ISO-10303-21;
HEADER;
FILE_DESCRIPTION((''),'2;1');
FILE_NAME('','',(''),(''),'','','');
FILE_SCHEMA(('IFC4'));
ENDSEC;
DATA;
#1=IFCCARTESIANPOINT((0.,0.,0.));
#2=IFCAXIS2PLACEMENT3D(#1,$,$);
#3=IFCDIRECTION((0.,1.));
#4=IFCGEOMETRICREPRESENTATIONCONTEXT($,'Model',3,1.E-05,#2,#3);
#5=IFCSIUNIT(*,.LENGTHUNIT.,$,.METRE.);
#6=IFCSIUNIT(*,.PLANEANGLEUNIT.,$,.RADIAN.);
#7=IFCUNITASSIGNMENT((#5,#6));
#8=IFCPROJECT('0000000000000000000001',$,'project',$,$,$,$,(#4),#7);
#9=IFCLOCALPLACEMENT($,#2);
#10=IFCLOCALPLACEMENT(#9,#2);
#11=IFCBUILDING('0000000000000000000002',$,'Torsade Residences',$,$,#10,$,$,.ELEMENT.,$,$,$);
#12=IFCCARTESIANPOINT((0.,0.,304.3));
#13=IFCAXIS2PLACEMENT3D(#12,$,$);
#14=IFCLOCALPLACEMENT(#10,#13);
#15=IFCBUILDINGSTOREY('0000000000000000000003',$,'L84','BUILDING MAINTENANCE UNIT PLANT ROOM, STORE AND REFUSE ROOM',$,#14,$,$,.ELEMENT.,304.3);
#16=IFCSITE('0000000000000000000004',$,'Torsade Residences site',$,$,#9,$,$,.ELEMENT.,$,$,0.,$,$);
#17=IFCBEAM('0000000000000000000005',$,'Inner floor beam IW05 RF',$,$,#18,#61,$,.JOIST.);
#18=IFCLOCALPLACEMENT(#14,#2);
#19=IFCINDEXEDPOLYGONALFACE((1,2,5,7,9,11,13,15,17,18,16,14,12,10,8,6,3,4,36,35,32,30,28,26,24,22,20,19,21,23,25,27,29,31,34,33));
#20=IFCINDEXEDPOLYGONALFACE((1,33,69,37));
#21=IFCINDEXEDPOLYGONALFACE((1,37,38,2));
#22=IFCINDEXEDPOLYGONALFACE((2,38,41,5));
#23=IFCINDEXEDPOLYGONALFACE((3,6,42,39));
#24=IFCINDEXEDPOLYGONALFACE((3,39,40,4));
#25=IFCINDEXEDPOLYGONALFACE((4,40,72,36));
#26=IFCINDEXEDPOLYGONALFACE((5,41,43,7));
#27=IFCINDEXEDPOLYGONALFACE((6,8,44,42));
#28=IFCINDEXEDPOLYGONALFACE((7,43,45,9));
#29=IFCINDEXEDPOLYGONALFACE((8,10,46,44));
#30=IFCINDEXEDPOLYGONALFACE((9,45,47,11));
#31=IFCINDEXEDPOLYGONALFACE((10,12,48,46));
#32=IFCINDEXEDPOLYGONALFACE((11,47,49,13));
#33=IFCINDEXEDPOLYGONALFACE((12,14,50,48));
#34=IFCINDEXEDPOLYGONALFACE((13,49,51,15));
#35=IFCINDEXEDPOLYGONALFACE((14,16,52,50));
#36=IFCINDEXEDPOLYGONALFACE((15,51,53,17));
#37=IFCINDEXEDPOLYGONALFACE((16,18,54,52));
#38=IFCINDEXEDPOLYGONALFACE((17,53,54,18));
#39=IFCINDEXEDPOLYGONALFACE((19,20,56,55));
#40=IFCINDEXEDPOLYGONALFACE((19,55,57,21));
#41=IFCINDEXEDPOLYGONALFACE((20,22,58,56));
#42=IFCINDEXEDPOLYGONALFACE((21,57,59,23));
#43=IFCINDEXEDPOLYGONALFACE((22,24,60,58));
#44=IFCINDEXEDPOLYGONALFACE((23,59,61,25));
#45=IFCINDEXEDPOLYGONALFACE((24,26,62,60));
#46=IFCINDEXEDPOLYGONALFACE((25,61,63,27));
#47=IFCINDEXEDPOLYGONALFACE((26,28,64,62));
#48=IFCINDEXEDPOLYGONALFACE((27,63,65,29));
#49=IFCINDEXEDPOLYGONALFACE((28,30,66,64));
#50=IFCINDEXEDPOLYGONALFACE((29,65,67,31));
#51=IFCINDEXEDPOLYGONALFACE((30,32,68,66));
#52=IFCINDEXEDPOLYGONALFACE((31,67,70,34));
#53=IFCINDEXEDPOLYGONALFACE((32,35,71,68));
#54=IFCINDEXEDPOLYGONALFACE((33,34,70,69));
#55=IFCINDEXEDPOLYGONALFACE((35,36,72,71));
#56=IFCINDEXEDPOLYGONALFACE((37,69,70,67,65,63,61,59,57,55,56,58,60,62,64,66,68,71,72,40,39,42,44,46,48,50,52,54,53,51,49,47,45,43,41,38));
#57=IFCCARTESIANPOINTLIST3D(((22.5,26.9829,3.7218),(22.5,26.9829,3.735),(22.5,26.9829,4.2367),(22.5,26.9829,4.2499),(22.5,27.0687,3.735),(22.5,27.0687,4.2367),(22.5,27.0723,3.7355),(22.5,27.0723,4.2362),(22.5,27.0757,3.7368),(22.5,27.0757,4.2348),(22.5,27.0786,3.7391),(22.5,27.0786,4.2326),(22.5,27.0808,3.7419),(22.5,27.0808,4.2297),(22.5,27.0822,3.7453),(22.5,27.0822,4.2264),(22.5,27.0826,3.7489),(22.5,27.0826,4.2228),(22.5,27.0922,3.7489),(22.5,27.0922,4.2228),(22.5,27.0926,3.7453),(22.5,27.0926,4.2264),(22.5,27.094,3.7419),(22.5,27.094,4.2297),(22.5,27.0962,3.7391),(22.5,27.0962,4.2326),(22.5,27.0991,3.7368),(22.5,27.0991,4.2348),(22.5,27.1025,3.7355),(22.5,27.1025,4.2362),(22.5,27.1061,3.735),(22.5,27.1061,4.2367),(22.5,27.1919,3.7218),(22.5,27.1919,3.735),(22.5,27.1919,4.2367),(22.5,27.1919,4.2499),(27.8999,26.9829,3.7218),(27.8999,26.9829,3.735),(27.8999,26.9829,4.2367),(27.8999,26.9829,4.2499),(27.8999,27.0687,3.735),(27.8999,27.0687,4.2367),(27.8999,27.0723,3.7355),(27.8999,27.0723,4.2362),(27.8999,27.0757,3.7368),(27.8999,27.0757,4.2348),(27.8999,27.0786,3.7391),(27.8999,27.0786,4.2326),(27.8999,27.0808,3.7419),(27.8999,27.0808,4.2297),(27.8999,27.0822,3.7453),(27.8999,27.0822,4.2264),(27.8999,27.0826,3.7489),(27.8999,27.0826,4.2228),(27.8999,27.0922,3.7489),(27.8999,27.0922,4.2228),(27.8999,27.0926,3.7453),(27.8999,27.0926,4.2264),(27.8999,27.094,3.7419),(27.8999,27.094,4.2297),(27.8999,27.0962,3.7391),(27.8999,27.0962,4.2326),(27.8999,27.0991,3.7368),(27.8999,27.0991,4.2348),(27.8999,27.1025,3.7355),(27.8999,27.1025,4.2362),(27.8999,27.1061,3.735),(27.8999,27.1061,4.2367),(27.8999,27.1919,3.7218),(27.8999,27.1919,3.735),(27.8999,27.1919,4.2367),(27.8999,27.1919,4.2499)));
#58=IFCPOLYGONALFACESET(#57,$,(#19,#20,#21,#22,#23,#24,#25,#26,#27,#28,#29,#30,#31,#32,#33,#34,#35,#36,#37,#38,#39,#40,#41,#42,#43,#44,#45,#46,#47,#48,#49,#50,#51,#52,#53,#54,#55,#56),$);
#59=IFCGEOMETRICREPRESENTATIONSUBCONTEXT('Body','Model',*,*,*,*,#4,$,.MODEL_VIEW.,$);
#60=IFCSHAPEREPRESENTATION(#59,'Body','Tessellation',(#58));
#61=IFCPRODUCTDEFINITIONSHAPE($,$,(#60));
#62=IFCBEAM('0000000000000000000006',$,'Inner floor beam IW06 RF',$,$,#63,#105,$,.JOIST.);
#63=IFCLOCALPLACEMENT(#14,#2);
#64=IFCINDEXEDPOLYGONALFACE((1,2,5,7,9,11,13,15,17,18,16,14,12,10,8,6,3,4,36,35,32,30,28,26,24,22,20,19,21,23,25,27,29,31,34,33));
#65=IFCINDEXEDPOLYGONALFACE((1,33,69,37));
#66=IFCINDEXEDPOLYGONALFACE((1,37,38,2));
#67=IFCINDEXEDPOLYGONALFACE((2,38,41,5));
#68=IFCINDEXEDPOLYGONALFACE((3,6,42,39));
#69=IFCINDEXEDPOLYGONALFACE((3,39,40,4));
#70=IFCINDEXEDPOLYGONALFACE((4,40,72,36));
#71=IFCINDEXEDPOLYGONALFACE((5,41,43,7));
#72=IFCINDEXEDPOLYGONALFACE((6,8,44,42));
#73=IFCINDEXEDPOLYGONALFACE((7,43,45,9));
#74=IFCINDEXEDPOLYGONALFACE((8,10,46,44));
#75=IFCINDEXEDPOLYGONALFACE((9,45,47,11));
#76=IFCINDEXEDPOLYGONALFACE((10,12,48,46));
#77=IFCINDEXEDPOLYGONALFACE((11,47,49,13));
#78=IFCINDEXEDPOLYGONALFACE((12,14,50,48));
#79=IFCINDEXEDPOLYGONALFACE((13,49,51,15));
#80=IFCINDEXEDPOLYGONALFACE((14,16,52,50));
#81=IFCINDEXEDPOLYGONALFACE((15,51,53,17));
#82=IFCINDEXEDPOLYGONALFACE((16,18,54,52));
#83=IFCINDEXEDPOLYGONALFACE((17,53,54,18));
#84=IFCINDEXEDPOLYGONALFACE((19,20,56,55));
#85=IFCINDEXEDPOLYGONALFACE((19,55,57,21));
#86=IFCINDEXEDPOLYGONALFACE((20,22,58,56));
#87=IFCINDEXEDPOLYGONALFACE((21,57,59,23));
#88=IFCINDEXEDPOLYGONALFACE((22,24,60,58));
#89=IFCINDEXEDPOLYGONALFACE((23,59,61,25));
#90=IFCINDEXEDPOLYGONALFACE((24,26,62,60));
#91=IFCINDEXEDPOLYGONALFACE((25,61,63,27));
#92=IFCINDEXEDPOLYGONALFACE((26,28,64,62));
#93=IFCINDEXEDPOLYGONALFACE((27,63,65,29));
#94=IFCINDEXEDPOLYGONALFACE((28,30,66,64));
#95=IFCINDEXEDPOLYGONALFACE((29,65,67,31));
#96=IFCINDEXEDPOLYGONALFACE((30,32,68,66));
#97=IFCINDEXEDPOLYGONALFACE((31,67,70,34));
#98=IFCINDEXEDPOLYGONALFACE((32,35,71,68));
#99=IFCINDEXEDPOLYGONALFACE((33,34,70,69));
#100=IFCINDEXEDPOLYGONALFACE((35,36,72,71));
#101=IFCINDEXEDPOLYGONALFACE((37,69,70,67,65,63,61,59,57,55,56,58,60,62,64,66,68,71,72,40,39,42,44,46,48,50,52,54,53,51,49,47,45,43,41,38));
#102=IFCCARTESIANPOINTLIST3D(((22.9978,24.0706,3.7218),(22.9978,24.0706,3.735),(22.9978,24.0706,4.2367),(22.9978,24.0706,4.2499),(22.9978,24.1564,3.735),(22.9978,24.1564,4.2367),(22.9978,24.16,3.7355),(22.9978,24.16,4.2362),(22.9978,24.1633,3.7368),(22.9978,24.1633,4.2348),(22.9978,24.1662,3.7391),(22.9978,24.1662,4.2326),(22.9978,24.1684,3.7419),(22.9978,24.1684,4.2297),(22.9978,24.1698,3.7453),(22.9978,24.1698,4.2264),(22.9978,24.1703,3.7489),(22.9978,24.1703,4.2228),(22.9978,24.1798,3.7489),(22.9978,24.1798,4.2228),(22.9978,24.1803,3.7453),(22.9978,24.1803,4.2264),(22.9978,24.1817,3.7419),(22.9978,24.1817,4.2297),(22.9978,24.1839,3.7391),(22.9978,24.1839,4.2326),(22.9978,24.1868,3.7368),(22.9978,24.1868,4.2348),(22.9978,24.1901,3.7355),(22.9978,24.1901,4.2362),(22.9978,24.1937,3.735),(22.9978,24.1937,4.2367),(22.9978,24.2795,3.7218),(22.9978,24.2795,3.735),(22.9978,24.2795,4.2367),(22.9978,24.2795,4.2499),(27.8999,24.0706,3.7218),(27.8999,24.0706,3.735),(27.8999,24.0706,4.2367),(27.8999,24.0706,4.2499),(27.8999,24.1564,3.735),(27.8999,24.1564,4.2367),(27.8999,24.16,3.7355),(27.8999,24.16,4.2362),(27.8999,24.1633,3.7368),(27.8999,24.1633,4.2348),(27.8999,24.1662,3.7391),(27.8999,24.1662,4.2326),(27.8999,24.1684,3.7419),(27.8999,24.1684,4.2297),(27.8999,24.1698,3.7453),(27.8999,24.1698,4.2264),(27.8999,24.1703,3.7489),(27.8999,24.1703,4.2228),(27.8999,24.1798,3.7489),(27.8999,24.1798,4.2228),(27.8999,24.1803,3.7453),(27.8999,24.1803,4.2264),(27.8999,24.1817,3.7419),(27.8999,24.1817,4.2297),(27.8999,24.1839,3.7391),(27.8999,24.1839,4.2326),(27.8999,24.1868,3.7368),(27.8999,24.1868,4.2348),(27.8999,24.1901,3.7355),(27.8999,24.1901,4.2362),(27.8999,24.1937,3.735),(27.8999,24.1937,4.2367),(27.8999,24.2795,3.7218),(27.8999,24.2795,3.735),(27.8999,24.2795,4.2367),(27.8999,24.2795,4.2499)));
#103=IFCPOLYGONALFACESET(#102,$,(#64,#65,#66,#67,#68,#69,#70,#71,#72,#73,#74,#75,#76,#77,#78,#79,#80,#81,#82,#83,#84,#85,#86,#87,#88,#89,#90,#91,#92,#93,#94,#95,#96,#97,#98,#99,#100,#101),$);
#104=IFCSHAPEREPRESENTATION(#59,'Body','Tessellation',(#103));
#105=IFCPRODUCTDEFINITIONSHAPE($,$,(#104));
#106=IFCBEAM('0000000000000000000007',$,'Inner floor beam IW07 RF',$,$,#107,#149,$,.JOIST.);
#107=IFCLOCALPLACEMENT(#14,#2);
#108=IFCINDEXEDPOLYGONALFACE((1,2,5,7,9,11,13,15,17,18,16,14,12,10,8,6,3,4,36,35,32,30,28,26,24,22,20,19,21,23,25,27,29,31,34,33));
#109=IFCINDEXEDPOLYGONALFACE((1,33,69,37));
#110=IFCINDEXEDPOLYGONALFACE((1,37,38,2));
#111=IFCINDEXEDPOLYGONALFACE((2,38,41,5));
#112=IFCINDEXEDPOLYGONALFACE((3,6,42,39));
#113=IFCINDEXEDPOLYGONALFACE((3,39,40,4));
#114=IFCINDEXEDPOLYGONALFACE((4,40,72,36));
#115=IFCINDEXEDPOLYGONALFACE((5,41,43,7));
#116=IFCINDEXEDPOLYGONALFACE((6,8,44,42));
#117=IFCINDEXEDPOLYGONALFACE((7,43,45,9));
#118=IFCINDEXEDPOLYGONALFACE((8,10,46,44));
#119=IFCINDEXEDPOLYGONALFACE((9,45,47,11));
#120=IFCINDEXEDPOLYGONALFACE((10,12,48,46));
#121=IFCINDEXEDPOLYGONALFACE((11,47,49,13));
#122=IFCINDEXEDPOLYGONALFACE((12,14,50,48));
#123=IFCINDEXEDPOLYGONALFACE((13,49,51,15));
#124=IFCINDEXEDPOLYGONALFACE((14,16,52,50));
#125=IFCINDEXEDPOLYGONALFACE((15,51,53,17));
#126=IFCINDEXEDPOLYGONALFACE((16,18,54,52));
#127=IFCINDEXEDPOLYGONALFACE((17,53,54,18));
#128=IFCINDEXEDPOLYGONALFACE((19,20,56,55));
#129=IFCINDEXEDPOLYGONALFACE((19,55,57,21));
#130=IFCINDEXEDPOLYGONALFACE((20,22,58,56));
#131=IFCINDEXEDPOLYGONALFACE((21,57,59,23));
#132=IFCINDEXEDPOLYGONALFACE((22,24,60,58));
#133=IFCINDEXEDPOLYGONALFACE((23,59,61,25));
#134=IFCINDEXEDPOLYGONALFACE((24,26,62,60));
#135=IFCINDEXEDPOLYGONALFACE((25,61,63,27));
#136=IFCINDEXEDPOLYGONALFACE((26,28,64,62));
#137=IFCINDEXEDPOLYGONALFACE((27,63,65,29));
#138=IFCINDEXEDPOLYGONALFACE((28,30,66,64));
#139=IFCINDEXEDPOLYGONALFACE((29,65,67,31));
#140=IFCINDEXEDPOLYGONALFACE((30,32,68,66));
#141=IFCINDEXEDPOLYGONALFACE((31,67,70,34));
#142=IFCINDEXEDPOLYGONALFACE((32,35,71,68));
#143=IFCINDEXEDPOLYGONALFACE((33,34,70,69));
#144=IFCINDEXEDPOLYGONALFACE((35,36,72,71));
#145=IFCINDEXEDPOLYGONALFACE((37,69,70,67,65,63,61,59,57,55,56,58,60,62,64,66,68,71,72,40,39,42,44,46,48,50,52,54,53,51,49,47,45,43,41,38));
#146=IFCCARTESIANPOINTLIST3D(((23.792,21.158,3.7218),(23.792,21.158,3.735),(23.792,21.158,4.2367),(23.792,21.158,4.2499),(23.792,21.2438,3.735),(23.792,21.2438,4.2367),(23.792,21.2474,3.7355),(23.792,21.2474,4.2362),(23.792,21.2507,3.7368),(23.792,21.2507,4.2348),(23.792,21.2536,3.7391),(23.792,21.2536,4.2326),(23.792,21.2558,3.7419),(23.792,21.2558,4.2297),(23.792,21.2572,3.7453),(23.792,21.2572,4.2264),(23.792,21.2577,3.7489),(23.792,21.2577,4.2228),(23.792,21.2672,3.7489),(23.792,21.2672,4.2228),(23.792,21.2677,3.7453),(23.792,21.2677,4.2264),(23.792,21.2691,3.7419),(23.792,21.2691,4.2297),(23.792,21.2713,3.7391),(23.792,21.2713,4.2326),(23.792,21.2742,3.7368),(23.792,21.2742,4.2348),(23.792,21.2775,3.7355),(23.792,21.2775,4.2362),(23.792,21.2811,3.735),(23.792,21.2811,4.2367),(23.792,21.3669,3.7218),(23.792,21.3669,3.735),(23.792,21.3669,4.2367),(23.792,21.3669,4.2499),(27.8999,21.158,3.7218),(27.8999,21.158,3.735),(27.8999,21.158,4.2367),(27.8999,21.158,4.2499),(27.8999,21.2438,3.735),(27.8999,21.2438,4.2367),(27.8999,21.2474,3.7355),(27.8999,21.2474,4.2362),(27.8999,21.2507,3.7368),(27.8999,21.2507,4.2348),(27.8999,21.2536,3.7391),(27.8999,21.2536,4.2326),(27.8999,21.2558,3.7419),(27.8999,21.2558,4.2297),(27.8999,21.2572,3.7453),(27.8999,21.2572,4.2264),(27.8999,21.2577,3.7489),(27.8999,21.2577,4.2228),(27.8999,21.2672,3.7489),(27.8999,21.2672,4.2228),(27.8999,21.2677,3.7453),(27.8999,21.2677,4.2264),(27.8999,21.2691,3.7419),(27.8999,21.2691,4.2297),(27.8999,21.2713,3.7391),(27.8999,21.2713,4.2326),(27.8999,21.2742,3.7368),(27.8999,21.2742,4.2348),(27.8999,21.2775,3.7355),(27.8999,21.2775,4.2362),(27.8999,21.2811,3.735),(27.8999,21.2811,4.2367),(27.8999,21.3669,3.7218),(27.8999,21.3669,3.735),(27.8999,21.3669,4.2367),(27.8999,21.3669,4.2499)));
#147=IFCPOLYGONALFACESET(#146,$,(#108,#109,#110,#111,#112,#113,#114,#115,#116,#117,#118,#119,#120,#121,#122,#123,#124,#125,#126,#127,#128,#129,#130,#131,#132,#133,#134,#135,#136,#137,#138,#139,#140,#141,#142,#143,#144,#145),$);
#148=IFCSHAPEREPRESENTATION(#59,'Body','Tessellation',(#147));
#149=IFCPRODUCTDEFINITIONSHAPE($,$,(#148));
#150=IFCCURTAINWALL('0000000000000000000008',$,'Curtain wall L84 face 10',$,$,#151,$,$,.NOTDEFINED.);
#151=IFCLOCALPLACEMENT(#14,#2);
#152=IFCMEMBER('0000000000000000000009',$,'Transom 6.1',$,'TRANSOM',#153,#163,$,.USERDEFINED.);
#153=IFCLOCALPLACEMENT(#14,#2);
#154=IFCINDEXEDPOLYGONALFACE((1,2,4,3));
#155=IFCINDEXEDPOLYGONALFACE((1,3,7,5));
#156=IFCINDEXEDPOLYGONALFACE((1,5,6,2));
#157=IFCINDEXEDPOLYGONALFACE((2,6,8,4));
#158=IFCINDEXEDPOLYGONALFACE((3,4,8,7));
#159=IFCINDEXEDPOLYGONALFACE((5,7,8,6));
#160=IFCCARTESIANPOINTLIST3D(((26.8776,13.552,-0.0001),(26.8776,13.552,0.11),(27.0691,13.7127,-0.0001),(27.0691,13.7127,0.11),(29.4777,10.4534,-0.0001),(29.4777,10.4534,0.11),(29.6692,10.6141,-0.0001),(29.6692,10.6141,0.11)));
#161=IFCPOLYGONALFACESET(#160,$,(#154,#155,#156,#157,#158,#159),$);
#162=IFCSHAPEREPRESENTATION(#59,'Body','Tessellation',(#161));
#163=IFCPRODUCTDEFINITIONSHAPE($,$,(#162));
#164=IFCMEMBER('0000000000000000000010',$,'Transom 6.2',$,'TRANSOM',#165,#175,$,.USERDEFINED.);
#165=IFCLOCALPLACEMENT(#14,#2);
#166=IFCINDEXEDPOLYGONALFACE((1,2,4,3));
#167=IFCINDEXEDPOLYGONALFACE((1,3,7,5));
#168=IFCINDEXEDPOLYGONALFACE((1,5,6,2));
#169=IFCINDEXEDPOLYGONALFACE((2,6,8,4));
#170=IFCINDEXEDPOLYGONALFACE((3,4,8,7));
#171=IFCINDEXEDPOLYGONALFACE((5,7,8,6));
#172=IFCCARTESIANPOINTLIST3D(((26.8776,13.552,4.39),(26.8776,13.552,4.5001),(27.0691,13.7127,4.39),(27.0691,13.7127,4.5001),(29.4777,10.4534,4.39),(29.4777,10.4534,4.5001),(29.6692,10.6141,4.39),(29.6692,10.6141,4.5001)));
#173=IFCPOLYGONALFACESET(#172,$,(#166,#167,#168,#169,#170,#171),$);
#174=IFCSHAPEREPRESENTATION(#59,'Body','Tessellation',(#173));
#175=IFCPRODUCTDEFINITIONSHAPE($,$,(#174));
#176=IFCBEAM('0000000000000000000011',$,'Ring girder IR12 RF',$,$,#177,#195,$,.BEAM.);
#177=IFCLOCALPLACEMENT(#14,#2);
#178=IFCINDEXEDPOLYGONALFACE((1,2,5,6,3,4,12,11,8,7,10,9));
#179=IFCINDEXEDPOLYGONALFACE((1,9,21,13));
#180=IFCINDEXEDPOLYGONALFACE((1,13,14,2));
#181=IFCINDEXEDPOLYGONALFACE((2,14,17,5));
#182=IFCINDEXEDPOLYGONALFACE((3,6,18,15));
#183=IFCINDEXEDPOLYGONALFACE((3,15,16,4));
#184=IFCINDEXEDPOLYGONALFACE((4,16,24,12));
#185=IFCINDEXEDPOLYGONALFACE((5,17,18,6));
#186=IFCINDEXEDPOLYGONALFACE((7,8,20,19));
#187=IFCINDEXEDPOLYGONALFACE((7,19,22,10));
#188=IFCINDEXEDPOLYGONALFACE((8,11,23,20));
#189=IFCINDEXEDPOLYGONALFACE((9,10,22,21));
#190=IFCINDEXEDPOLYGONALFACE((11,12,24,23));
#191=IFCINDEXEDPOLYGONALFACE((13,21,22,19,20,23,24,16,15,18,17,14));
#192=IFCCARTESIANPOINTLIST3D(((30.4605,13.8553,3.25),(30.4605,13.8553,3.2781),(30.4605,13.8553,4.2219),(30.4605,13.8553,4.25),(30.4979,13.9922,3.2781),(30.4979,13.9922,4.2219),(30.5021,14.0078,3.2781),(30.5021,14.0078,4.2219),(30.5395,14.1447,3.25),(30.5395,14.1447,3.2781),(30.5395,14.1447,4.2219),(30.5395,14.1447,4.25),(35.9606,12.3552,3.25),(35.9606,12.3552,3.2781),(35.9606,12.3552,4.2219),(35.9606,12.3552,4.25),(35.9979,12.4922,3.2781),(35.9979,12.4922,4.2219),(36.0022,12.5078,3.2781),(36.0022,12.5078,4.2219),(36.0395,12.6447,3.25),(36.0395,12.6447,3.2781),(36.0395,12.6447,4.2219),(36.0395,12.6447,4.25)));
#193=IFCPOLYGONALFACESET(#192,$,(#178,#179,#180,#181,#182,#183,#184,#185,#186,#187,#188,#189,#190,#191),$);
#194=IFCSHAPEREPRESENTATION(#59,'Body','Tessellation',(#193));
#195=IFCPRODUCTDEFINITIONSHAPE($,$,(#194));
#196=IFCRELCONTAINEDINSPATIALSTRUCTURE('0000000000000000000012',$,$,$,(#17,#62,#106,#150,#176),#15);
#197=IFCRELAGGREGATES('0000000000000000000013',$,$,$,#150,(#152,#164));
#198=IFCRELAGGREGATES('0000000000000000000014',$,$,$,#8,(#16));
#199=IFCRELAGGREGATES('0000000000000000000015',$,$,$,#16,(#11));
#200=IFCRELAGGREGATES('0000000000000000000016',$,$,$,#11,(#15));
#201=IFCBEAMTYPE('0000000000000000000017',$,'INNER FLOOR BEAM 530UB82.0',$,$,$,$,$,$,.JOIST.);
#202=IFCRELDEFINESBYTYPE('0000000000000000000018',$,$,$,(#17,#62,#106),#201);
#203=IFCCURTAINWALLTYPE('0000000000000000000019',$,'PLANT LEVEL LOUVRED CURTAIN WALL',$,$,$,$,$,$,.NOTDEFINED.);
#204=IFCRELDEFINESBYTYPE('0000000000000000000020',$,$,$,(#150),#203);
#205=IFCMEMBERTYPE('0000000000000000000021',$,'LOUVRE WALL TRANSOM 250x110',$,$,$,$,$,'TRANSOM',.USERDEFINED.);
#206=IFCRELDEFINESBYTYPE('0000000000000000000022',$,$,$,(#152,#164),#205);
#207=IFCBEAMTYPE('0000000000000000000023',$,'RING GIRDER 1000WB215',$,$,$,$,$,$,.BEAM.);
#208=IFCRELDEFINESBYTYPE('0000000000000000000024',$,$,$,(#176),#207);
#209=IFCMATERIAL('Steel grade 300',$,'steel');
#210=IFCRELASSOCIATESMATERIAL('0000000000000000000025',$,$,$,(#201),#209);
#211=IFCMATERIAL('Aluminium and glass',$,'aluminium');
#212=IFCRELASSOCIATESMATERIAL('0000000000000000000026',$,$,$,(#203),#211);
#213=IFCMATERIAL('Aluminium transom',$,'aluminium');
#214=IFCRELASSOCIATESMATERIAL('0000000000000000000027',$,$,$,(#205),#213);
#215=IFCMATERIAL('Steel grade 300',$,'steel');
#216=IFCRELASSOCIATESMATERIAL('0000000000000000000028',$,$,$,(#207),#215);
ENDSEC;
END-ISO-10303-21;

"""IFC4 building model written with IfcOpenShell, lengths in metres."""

from ifc_helpers import new_model, si_unit, direction, frame, origin, origin_2d, place, context, subcontext, project, spatial, rectangle, i_section, extrude, material, material_profile, profile_set, type_object, element, aggregate, save


model = new_model("IFC4")

# Units and contexts
model_context = context("Model", 3, precision=1e-05, world=origin(), true_north=direction((0.0, 1.0)))
body_context = subcontext(model_context, "Body", "Model", "MODEL_VIEW")
ifc_project = project(units=[si_unit("LENGTHUNIT", "METRE"), si_unit("PLANEANGLEUNIT", "RADIAN")], contexts=[model_context])

# Site, building, storey
site_placement = place(None, origin())
site = spatial("IfcSite", under=ifc_project, at=site_placement, Name="Torsade Residences site", CompositionType="ELEMENT", RefElevation=0.0)
building_placement = place(site_placement, origin())
building = spatial("IfcBuilding", under=site, at=building_placement, Name="Torsade Residences", CompositionType="ELEMENT")
storey_placement = place(building_placement, frame((0.0, 0.0, 304.3)))
storey = spatial("IfcBuildingStorey", under=building, at=storey_placement, Name="L84", Description="BUILDING MAINTENANCE UNIT PLANT ROOM, STORE AND REFUSE ROOM", CompositionType="ELEMENT", Elevation=304.3)

# Beams
ifc_material_1 = material(Name="Steel grade 300", Category="steel")
ifc_material_profile_1 = material_profile(ifc_material_1, i_section(OverallWidth=0.209, OverallDepth=0.5281, WebThickness=0.0095, FlangeThickness=0.0132, FilletRadius=0.0139, at=origin_2d()), Name="530UB82.0")
ifc_profile_set_1 = profile_set([ifc_material_profile_1], Name="Steel grade 300")
beam_type_1 = type_object("IfcBeamType", Name="INNER FLOOR BEAM 530UB82.0", PredefinedType="JOIST", material=ifc_profile_set_1)
beam_1_placement = place(storey_placement, frame((27.8999, 27.0874, 3.9858), z_axis=(-1.0, 0.0, 0.0), x_axis=(0.0, -1.0, 0.0)))
element("IfcBeam", 1, at=beam_1_placement, inside=storey, type_object=beam_type_1, Name="Inner floor beam IW05 RF", PredefinedType="JOIST", context=body_context, shape_type="SweptSolid", body=[
    extrude(i_section(OverallWidth=0.209, OverallDepth=0.5281, WebThickness=0.0095, FlangeThickness=0.0132, FilletRadius=0.0139, at=origin_2d()), origin(), (0.0, 0.0, 1.0), 5.3999),
])
beam_2_placement = place(storey_placement, frame((27.8999, 24.175, 3.9858), z_axis=(-1.0, 0.0, 0.0), x_axis=(0.0, -1.0, 0.0)))
element("IfcBeam", 2, at=beam_2_placement, inside=storey, type_object=beam_type_1, Name="Inner floor beam IW06 RF", PredefinedType="JOIST", context=body_context, shape_type="SweptSolid", body=[
    extrude(i_section(OverallWidth=0.209, OverallDepth=0.5281, WebThickness=0.0095, FlangeThickness=0.0132, FilletRadius=0.0139, at=origin_2d()), origin(), (0.0, 0.0, 1.0), 4.9021),
])
beam_3_placement = place(storey_placement, frame((27.8999, 21.2625, 3.9858), z_axis=(-1.0, 0.0, 0.0), x_axis=(0.0, -1.0, 0.0)))
element("IfcBeam", 3, at=beam_3_placement, inside=storey, type_object=beam_type_1, Name="Inner floor beam IW07 RF", PredefinedType="JOIST", context=body_context, shape_type="SweptSolid", body=[
    extrude(i_section(OverallWidth=0.209, OverallDepth=0.5281, WebThickness=0.0095, FlangeThickness=0.0132, FilletRadius=0.0139, at=origin_2d()), origin(), (0.0, 0.0, 1.0), 4.1079),
])

# Curtain wall, members
ifc_material_2 = material(Name="Aluminium and glass", Category="aluminium")
curtain_wall_type = type_object("IfcCurtainWallType", Name="PLANT LEVEL LOUVRED CURTAIN WALL", PredefinedType="NOTDEFINED", material=ifc_material_2)
curtain_wall_placement = place(storey_placement, origin())
curtain_wall = element("IfcCurtainWall", 4, at=curtain_wall_placement, inside=storey, type_object=curtain_wall_type, Name="Curtain wall L84 face 10", PredefinedType="NOTDEFINED")
ifc_material_3 = material(Name="Aluminium transom", Category="aluminium")
ifc_material_profile_2 = material_profile(ifc_material_3, rectangle(XDim=0.25, YDim=0.1101, at=origin_2d()), Name="LOUVRE WALL TRANSOM 250x110")
ifc_profile_set_2 = profile_set([ifc_material_profile_2], Name="Aluminium transom")
member_type = type_object("IfcMemberType", Name="LOUVRE WALL TRANSOM 250x110", ElementType="TRANSOM", PredefinedType="USERDEFINED", material=ifc_profile_set_2)
member_1_placement = place(storey_placement, frame((26.9734, 13.6323, 0.0549), z_axis=(0.642793, -0.76604, 0.0), x_axis=(0.76604, 0.642793, 0.0)))
member_1 = element("IfcMember", 5, at=member_1_placement, type_object=member_type, Name="Transom 6.1", ObjectType="TRANSOM", PredefinedType="USERDEFINED", context=body_context, shape_type="SweptSolid", body=[
    extrude(rectangle(XDim=0.25, YDim=0.1101, at=origin_2d()), origin(), (0.0, 0.0, 1.0), 4.0449),
])
member_2_placement = place(storey_placement, frame((26.9734, 13.6323, 4.4451), z_axis=(0.642793, -0.76604, 0.0), x_axis=(0.76604, 0.642793, 0.0)))
member_2 = element("IfcMember", 6, at=member_2_placement, type_object=member_type, Name="Transom 6.2", ObjectType="TRANSOM", PredefinedType="USERDEFINED", context=body_context, shape_type="SweptSolid", body=[
    extrude(rectangle(XDim=0.25, YDim=0.1101, at=origin_2d()), origin(), (0.0, 0.0, 1.0), 4.0449),
])

# Beam
ifc_material_4 = material(Name="Steel grade 300", Category="steel")
ifc_material_profile_3 = material_profile(ifc_material_4, i_section(OverallWidth=0.3, OverallDepth=1.0, WebThickness=0.0161, FlangeThickness=0.0281, at=origin_2d()), Name="1000WB215")
ifc_profile_set_3 = profile_set([ifc_material_profile_3], Name="Steel grade 300")
beam_type_2 = type_object("IfcBeamType", Name="RING GIRDER 1000WB215", PredefinedType="BEAM", material=ifc_profile_set_3)
beam_4_placement = place(storey_placement, frame((30.5, 14.0, 3.75), z_axis=(0.964764, -0.263117, 0.0), x_axis=(0.263117, 0.964764, 0.0)))
element("IfcBeam", 7, at=beam_4_placement, inside=storey, type_object=beam_type_2, Name="Ring girder IR12 RF", PredefinedType="BEAM", context=body_context, shape_type="SweptSolid", body=[
    extrude(i_section(OverallWidth=0.3, OverallDepth=1.0, WebThickness=0.0161, FlangeThickness=0.0281, at=origin_2d()), origin(), (0.0, 0.0, 1.0), 5.7009),
])

aggregate(curtain_wall, [member_1, member_2])

save(model, "model.ifc")
